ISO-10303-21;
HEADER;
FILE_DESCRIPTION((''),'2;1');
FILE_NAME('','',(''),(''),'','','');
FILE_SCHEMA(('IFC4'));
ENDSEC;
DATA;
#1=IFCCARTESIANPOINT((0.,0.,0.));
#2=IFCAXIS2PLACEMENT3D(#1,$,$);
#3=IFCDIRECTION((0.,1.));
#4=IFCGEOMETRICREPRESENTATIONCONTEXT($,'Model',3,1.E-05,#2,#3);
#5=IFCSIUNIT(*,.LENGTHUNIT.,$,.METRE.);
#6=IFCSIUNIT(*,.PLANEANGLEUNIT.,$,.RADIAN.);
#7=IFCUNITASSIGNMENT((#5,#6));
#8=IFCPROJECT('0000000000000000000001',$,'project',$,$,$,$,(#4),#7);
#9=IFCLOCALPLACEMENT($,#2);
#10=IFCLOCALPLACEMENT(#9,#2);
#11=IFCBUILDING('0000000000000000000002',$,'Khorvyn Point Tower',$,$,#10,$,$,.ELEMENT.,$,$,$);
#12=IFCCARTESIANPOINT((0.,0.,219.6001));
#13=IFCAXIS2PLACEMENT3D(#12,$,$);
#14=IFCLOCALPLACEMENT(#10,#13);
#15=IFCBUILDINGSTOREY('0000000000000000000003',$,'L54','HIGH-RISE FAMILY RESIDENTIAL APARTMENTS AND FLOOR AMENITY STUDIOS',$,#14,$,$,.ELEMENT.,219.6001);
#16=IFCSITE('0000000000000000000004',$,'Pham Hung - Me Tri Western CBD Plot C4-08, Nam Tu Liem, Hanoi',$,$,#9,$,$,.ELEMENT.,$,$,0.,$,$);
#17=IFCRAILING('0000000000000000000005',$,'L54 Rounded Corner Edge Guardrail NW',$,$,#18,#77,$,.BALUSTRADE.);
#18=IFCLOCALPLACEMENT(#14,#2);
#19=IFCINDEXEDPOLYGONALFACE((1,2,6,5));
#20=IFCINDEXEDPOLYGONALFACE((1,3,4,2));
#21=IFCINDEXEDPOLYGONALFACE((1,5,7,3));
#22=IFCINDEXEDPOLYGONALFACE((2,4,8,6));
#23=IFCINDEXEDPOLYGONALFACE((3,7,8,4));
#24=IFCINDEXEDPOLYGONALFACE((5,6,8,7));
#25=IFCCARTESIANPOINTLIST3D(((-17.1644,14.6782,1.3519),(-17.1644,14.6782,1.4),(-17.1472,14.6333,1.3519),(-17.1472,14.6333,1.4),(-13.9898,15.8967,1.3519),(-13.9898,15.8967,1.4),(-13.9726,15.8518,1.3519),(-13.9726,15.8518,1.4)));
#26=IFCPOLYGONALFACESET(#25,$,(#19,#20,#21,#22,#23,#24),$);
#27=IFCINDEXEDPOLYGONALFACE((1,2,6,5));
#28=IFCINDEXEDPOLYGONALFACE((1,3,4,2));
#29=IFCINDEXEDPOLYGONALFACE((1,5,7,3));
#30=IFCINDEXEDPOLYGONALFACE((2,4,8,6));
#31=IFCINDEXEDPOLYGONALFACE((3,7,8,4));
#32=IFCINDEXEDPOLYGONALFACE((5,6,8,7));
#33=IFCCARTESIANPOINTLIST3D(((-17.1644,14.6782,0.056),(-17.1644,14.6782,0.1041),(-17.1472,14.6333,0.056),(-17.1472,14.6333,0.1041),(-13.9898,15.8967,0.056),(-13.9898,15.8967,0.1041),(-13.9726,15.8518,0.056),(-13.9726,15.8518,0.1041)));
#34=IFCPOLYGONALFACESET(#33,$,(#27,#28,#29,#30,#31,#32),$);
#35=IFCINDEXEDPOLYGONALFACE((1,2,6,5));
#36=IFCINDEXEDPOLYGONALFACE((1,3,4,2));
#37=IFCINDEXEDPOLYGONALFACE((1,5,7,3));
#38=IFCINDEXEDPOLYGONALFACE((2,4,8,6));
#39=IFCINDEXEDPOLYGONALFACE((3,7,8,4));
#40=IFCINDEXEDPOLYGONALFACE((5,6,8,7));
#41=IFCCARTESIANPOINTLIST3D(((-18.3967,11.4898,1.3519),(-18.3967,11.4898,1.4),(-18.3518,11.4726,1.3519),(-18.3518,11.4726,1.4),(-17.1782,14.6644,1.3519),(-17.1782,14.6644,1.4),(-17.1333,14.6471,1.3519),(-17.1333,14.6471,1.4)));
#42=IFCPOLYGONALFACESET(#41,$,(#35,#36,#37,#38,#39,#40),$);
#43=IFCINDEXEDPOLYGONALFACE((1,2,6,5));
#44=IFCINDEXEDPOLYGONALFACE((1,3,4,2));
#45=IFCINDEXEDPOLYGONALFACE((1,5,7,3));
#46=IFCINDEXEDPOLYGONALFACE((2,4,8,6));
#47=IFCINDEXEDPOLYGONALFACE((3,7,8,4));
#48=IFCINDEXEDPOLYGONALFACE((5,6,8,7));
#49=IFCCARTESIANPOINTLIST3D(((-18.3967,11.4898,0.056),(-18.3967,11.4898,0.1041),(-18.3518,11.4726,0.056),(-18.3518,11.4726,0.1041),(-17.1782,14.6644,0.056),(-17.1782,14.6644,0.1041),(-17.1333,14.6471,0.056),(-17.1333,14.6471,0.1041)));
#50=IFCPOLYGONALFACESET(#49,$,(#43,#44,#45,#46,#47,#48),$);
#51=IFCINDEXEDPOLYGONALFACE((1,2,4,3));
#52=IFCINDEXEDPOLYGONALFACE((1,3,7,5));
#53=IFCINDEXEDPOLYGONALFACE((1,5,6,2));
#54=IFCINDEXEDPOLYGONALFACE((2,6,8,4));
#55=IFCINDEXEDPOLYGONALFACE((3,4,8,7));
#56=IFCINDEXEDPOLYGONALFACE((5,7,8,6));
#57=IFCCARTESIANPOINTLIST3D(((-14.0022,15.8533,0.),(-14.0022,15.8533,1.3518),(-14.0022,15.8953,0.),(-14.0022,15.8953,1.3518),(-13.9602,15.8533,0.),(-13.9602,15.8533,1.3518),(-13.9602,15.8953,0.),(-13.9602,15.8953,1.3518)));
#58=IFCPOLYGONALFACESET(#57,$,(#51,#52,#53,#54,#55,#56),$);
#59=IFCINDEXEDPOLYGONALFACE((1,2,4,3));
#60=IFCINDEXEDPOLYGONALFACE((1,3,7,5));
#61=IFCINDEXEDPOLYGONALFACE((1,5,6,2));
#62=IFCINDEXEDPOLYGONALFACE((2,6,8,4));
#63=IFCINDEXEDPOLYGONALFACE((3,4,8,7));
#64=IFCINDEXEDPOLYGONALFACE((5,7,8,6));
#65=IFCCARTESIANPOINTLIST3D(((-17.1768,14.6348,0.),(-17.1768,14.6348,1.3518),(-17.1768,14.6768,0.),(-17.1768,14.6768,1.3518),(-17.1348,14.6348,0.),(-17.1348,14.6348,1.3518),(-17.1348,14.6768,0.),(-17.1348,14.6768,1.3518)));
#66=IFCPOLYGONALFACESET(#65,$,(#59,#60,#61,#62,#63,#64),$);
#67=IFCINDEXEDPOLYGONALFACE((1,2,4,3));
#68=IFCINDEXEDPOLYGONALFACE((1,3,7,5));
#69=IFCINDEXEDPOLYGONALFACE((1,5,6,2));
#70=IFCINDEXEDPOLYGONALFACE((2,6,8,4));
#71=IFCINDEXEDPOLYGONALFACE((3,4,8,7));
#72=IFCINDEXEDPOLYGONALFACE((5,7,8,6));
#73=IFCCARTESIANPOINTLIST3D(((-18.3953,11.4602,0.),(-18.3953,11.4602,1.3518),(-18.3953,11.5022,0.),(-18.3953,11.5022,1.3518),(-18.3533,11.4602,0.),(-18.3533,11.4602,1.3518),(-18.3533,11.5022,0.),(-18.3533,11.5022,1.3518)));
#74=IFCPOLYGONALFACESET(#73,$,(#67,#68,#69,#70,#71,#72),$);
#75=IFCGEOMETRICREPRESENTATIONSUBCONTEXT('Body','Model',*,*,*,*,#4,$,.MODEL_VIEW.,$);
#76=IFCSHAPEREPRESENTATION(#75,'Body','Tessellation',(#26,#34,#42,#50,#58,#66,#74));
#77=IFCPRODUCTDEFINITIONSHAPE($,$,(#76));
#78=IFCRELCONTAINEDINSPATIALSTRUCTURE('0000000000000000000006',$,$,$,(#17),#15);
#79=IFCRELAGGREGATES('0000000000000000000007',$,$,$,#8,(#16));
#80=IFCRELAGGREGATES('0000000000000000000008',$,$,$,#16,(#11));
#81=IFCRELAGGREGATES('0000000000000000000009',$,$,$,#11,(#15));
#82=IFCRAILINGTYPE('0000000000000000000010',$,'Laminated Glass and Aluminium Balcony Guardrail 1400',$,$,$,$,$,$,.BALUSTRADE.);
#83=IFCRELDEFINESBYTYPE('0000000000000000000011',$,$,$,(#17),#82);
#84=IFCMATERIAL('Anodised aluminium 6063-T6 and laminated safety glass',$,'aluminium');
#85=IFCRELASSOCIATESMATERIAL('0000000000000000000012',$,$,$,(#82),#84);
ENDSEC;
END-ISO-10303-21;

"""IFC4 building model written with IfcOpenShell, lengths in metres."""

from ifc_helpers import new_model, si_unit, direction, frame, origin, origin_2d, place, context, subcontext, project, spatial, rectangle, extrude, material, type_object, element, save


model = new_model("IFC4")

# Units and contexts
model_context = context("Model", 3, precision=1e-05, world=origin(), true_north=direction((0.0, 1.0)))
body_context = subcontext(model_context, "Body", "Model", "MODEL_VIEW")
ifc_project = project(units=[si_unit("LENGTHUNIT", "METRE"), si_unit("PLANEANGLEUNIT", "RADIAN")], contexts=[model_context])

# Site, building, storey
site_placement = place(None, origin())
site = spatial("IfcSite", under=ifc_project, at=site_placement, Name="Pham Hung - Me Tri Western CBD Plot C4-08, Nam Tu Liem, Hanoi", CompositionType="ELEMENT", RefElevation=0.0)
building_placement = place(site_placement, origin())
building = spatial("IfcBuilding", under=site, at=building_placement, Name="Khorvyn Point Tower", CompositionType="ELEMENT")
storey_placement = place(building_placement, frame((0.0, 0.0, 219.6001)))
storey = spatial("IfcBuildingStorey", under=building, at=storey_placement, Name="L54", Description="HIGH-RISE FAMILY RESIDENTIAL APARTMENTS AND FLOOR AMENITY STUDIOS", CompositionType="ELEMENT", Elevation=219.6001)

# Railing
ifc_material_1 = material(Name="Anodised aluminium 6063-T6 and laminated safety glass", Category="aluminium")
railing_type = type_object("IfcRailingType", Name="Laminated Glass and Aluminium Balcony Guardrail 1400", PredefinedType="BALUSTRADE", material=ifc_material_1)
railing_placement = place(storey_placement, frame((-13.9812, 15.8743, 0.0)))
element("IfcRailing", 1, at=railing_placement, inside=storey, type_object=railing_type, Name="L54 Rounded Corner Edge Guardrail NW", PredefinedType="BALUSTRADE", context=body_context, shape_type="SweptSolid", body=[
    extrude(rectangle(XDim=0.0481, YDim=0.0481, at=origin_2d()), frame((0.0, 0.0, 1.376), z_axis=(-0.93359, -0.358344, 0.0), x_axis=(0.358344, -0.93359, 0.0)), (0.0, 0.0, 1.0), 3.4004),
    extrude(rectangle(XDim=0.0481, YDim=0.0481, at=origin_2d()), frame((0.0, 0.0, 0.0801), z_axis=(-0.93359, -0.358344, 0.0), x_axis=(0.358344, -0.93359, 0.0)), (0.0, 0.0, 1.0), 3.4004),
    extrude(rectangle(XDim=0.0481, YDim=0.0481, at=origin_2d()), frame((-3.1746, -1.2185, 1.376), z_axis=(-0.358344, -0.93359, 0.0), x_axis=(0.93359, -0.358344, 0.0)), (0.0, 0.0, 1.0), 3.4004),
    extrude(rectangle(XDim=0.0481, YDim=0.0481, at=origin_2d()), frame((-3.1746, -1.2185, 0.0801), z_axis=(-0.358344, -0.93359, 0.0), x_axis=(0.93359, -0.358344, 0.0)), (0.0, 0.0, 1.0), 3.4004),
    extrude(rectangle(XDim=0.042, YDim=0.042, at=origin_2d()), origin(), (0.0, 0.0, 1.0), 1.3518),
    extrude(rectangle(XDim=0.042, YDim=0.042, at=origin_2d()), frame((-3.1746, -1.2185, 0.0)), (0.0, 0.0, 1.0), 1.3518),
    extrude(rectangle(XDim=0.042, YDim=0.042, at=origin_2d()), frame((-4.3931, -4.3931, 0.0)), (0.0, 0.0, 1.0), 1.3518),
])

save(model, "model.ifc")
